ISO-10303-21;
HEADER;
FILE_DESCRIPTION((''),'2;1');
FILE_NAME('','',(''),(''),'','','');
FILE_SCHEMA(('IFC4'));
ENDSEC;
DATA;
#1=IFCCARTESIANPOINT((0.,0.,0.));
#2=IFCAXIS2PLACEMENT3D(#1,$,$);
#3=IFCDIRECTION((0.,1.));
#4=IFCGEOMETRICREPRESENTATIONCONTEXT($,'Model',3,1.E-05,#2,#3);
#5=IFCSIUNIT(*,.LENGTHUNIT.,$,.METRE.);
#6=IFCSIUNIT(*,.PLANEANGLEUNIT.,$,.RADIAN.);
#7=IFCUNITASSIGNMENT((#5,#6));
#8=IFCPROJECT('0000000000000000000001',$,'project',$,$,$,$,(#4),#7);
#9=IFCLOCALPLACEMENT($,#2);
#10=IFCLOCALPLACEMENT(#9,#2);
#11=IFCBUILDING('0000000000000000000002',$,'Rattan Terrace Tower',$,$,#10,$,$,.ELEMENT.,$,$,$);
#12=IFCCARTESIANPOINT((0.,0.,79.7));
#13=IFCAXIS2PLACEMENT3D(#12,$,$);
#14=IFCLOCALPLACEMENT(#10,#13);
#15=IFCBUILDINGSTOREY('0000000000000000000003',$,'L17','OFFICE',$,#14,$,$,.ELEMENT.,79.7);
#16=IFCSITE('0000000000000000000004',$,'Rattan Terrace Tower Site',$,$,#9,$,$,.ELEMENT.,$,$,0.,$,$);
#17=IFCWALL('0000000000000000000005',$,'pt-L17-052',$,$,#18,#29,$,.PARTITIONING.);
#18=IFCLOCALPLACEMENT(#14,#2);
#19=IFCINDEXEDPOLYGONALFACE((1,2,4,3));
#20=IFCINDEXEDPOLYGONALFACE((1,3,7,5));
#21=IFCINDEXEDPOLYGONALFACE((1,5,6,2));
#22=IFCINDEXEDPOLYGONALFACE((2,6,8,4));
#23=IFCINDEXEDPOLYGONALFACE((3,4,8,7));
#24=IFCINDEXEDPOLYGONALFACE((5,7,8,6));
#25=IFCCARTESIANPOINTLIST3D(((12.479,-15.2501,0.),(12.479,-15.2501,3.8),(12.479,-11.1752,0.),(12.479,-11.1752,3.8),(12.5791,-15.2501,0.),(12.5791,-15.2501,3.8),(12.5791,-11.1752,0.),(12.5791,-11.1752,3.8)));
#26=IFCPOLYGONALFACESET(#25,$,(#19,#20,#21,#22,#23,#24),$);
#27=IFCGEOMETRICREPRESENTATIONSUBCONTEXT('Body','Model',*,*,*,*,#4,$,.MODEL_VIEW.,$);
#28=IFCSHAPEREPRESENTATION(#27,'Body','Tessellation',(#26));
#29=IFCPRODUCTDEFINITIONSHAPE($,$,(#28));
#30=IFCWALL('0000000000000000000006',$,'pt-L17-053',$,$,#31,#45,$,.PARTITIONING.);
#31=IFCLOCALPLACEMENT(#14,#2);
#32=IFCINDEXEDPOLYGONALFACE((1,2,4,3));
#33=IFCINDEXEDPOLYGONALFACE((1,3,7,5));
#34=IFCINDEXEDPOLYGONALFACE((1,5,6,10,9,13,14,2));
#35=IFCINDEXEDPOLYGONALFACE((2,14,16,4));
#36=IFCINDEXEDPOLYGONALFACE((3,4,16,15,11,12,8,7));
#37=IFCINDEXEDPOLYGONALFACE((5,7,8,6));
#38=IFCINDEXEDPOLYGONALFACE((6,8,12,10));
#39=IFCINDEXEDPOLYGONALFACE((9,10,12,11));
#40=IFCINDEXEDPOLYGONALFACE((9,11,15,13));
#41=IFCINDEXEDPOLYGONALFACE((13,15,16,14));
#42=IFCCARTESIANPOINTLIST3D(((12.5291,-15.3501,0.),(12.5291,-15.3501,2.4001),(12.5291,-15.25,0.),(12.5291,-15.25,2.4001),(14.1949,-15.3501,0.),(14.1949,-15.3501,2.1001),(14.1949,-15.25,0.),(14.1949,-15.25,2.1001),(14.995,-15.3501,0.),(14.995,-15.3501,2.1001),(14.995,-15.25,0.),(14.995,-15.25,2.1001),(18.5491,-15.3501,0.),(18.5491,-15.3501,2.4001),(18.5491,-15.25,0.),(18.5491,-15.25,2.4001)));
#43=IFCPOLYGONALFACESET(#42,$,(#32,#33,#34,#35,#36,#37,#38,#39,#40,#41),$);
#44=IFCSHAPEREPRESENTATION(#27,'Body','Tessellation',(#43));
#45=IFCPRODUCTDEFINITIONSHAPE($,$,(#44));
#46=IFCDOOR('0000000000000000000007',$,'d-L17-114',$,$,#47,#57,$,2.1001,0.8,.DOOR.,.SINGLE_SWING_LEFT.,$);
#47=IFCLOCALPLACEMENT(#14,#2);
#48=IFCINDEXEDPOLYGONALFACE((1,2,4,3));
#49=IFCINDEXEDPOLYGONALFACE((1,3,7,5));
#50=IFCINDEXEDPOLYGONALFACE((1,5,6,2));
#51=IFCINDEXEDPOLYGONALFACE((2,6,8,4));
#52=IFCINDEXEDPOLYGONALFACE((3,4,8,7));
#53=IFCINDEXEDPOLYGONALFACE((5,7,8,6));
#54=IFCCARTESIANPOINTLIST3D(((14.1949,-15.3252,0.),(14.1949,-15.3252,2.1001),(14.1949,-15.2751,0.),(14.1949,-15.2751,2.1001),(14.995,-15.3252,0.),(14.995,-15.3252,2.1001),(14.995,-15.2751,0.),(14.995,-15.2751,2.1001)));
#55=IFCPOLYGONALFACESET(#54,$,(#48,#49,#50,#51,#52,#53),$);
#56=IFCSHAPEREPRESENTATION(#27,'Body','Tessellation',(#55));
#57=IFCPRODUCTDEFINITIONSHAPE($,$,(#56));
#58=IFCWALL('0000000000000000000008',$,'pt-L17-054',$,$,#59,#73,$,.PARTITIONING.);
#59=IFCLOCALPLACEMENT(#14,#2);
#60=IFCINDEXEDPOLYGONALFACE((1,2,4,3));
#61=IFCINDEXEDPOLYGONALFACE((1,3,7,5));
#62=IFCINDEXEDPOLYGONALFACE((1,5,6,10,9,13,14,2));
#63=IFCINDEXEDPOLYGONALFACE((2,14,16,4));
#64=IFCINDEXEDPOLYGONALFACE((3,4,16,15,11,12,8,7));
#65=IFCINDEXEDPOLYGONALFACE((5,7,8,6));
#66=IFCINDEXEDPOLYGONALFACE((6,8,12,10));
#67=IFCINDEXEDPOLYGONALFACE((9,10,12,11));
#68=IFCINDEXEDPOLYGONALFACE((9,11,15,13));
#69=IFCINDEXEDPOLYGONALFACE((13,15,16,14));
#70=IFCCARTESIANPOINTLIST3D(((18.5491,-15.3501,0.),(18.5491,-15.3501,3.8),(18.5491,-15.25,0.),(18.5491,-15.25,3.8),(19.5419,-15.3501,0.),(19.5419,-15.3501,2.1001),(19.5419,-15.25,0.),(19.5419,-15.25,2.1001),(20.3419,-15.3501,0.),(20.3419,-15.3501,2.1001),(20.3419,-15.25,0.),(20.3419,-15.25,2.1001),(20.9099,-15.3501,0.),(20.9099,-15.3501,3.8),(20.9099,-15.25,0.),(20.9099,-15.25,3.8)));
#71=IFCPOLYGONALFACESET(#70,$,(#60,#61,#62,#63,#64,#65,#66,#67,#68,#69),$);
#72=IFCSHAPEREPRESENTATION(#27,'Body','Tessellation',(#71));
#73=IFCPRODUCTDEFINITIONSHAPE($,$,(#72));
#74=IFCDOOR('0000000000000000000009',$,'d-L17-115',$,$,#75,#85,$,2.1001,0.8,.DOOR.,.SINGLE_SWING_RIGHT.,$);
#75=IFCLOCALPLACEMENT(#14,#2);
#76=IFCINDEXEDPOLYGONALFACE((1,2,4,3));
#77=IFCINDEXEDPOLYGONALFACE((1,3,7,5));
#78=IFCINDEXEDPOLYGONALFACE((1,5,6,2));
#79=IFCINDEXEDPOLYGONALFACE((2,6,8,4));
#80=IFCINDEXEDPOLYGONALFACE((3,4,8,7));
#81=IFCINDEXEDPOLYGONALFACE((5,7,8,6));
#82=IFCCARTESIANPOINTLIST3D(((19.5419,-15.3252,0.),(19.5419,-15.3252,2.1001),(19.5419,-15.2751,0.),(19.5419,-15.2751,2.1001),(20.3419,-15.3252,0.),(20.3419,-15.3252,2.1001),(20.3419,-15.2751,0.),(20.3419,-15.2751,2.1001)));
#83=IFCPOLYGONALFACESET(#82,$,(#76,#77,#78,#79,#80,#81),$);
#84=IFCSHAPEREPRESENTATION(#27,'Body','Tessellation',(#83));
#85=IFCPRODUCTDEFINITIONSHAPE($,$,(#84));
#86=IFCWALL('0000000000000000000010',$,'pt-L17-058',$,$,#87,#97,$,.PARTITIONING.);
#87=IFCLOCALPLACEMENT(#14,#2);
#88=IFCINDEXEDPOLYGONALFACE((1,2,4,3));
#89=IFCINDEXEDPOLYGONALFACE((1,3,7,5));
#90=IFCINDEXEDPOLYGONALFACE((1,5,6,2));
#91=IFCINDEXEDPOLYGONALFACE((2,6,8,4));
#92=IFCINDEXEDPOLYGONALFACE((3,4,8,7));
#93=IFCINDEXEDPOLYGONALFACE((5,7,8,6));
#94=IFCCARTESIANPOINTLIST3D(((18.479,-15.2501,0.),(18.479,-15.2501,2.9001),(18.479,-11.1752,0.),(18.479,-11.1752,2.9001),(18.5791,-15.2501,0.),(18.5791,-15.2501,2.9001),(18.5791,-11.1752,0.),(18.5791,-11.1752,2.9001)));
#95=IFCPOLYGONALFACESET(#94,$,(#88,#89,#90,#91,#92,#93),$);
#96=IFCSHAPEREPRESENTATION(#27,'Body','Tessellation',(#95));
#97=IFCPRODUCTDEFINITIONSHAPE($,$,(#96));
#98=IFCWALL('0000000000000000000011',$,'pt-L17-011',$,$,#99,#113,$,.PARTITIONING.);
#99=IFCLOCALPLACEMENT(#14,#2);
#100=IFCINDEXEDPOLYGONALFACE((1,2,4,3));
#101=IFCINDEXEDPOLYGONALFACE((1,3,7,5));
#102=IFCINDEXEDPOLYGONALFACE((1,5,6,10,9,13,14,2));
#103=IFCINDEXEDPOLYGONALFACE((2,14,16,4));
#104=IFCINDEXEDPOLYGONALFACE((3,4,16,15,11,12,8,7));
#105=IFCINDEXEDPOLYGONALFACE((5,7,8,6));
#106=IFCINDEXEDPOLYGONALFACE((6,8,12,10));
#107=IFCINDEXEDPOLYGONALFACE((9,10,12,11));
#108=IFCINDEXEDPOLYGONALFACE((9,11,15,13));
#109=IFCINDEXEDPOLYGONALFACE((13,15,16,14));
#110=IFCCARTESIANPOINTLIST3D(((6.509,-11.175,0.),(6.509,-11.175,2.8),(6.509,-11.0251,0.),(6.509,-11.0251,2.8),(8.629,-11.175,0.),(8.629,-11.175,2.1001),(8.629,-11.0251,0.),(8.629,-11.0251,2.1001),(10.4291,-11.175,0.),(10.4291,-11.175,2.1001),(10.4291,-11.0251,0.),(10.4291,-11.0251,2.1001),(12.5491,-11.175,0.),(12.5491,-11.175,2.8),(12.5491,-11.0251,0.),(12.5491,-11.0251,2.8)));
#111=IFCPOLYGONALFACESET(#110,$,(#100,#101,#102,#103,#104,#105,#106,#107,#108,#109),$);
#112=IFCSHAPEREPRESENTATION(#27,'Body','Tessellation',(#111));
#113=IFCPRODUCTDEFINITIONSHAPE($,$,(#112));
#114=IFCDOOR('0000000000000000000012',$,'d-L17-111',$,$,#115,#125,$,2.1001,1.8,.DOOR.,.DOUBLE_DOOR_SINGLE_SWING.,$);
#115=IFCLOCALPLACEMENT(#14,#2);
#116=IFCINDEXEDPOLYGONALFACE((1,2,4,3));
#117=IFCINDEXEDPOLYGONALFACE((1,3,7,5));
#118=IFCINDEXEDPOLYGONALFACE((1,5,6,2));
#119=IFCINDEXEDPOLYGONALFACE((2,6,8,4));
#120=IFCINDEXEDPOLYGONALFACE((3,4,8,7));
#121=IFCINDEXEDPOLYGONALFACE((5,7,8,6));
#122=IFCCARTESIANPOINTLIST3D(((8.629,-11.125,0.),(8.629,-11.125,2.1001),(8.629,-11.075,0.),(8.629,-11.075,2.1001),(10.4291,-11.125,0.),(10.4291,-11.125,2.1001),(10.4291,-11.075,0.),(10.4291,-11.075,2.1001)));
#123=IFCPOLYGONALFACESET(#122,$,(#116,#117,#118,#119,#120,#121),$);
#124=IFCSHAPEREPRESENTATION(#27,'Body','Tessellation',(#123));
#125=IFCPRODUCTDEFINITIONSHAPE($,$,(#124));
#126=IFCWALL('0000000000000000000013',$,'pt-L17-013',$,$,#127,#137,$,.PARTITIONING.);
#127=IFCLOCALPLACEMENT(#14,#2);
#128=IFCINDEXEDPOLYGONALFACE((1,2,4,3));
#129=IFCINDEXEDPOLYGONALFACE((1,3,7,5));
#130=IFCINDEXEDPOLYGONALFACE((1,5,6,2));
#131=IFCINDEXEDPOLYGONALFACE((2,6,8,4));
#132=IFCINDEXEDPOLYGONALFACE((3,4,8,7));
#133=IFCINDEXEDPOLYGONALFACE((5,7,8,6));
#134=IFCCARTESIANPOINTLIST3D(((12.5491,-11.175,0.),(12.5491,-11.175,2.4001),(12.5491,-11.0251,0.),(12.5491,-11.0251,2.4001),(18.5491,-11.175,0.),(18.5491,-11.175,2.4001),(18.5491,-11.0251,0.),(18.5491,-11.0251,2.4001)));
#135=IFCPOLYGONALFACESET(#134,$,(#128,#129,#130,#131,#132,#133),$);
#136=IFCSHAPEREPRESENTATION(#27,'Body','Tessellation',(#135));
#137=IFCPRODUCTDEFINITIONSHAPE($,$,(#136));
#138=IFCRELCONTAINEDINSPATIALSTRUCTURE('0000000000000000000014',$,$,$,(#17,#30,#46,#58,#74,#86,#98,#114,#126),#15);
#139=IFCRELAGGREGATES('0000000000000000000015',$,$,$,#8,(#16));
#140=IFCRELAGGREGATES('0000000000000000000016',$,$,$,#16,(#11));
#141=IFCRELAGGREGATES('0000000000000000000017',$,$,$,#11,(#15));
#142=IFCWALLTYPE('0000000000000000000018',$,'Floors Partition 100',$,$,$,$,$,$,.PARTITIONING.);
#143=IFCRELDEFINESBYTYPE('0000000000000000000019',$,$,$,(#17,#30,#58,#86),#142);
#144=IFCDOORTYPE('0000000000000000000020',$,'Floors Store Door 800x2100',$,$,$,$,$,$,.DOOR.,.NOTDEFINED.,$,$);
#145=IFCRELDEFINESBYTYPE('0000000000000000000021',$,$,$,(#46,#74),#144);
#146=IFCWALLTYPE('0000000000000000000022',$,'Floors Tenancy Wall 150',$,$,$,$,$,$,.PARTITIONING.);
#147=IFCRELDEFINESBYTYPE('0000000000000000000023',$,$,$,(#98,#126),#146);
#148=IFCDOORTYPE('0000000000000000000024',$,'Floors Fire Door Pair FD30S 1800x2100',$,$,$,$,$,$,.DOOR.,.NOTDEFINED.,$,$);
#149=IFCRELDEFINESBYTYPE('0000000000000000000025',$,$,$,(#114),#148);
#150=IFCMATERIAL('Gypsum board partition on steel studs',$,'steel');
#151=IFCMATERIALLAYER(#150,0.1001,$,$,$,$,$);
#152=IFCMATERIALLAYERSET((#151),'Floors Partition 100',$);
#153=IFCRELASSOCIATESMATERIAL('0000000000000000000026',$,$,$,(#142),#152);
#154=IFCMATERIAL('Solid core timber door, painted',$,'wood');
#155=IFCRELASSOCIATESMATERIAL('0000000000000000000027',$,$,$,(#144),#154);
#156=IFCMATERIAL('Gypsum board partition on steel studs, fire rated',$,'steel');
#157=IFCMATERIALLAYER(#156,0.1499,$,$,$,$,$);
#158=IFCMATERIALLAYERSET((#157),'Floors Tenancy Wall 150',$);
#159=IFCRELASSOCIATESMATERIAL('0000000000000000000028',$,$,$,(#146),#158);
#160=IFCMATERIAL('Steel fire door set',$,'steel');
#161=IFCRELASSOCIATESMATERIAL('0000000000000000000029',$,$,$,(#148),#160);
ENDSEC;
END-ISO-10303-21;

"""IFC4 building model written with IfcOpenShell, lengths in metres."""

from ifc_helpers import new_model, si_unit, direction, frame, frame_2d, origin, place, context, subcontext, project, spatial, rectangle, extrude, material, layer, layer_set, type_object, element, fill, save


model = new_model("IFC4")

# Units and contexts
model_context = context("Model", 3, precision=1e-05, world=origin(), true_north=direction((0.0, 1.0)))
body_context = subcontext(model_context, "Body", "Model", "MODEL_VIEW")
ifc_project = project(units=[si_unit("LENGTHUNIT", "METRE"), si_unit("PLANEANGLEUNIT", "RADIAN")], contexts=[model_context])

# Site, building, storey
site_placement = place(None, origin())
site = spatial("IfcSite", under=ifc_project, at=site_placement, Name="Rattan Terrace Tower Site", CompositionType="ELEMENT", RefElevation=0.0)
building_placement = place(site_placement, origin())
building = spatial("IfcBuilding", under=site, at=building_placement, Name="Rattan Terrace Tower", CompositionType="ELEMENT")
storey_placement = place(building_placement, frame((0.0, 0.0, 79.7)))
storey = spatial("IfcBuildingStorey", under=building, at=storey_placement, Name="L17", Description="OFFICE", CompositionType="ELEMENT", Elevation=79.7)

# Wall
ifc_material_1 = material(Name="Gypsum board partition on steel studs", Category="steel")
ifc_layer_1 = layer(ifc_material_1, 0.1001)
ifc_layer_set_1 = layer_set([ifc_layer_1], Name="Floors Partition 100")
wall_type_1 = type_object("IfcWallType", Name="Floors Partition 100", PredefinedType="PARTITIONING", material=ifc_layer_set_1)
wall_1_placement = place(storey_placement, frame((12.5291, -11.175, 0.0), z_axis=(0.0, 0.0, 1.0), x_axis=(0.0, -1.0, 0.0)))
element("IfcWall", 1, at=wall_1_placement, inside=storey, type_object=wall_type_1, Name="pt-L17-052", PredefinedType="PARTITIONING", context=body_context, shape_type="SweptSolid", body=[
    extrude(rectangle(XDim=4.075, YDim=0.1001, at=frame_2d((2.0376, 0.0))), origin(), (0.0, 0.0, 1.0), 3.8),
])

# Walls, openings, doors
wall_2_placement = place(storey_placement, frame((12.5291, -15.3, 0.0), z_axis=(0.0, 0.0, 1.0), x_axis=(1.0, 0.0, 0.0)))
wall_2 = element("IfcWall", 2, at=wall_2_placement, inside=storey, type_object=wall_type_1, Name="pt-L17-053", PredefinedType="PARTITIONING", context=body_context, shape_type="SweptSolid", body=[
    extrude(rectangle(XDim=6.02, YDim=0.1001, at=frame_2d((3.01, 0.0))), origin(), (0.0, 0.0, 1.0), 2.4001),
])
opening_1_placement = place(wall_2_placement, frame((1.666, 0.0, 0.0)))
opening_1 = element("IfcOpeningElement", 3, at=opening_1_placement, cuts=wall_2, PredefinedType="OPENING", context=body_context, shape_type="SweptSolid", body=[
    extrude(rectangle(XDim=0.8, YDim=2.1001, at=frame_2d((0.3999, 1.05))), frame((0.0, 0.0605, 0.0), z_axis=(0.0, -1.0, 0.0), x_axis=(1.0, 0.0, 0.0)), (0.0, 0.0, 1.0), 0.1211),
])
ifc_material_2 = material(Name="Solid core timber door, painted", Category="wood")
door_type_1 = type_object("IfcDoorType", Name="Floors Store Door 800x2100", OperationType="NOTDEFINED", PredefinedType="DOOR", material=ifc_material_2)
door_1_placement = place(opening_1_placement, origin())
door_1 = element("IfcDoor", 4, at=door_1_placement, inside=storey, type_object=door_type_1, Name="d-L17-114", OperationType="SINGLE_SWING_LEFT", OverallHeight=2.1001, OverallWidth=0.8, PredefinedType="DOOR", context=body_context, shape_type="SweptSolid", body=[
    extrude(rectangle(XDim=0.8, YDim=2.1001, at=frame_2d((0.3999, 1.05))), frame((0.0, 0.0249, 0.0), z_axis=(0.0, -1.0, 0.0), x_axis=(1.0, 0.0, 0.0)), (0.0, 0.0, 1.0), 0.05),
])
fill(opening_1, door_1)
wall_3_placement = place(storey_placement, frame((18.5491, -15.3, 0.0), z_axis=(0.0, 0.0, 1.0), x_axis=(1.0, 0.0, 0.0)))
wall_3 = element("IfcWall", 5, at=wall_3_placement, inside=storey, type_object=wall_type_1, Name="pt-L17-054", PredefinedType="PARTITIONING", context=body_context, shape_type="SweptSolid", body=[
    extrude(rectangle(XDim=2.3608, YDim=0.1001, at=frame_2d((1.1804, 0.0))), origin(), (0.0, 0.0, 1.0), 3.8),
])
opening_2_placement = place(wall_3_placement, frame((0.9929, 0.0, 0.0)))
opening_2 = element("IfcOpeningElement", 6, at=opening_2_placement, cuts=wall_3, PredefinedType="OPENING", context=body_context, shape_type="SweptSolid", body=[
    extrude(rectangle(XDim=0.8, YDim=2.1001, at=frame_2d((0.3999, 1.05))), frame((0.0, 0.0605, 0.0), z_axis=(0.0, -1.0, 0.0), x_axis=(1.0, 0.0, 0.0)), (0.0, 0.0, 1.0), 0.1211),
])
door_2_placement = place(opening_2_placement, origin())
door_2 = element("IfcDoor", 7, at=door_2_placement, inside=storey, type_object=door_type_1, Name="d-L17-115", OperationType="SINGLE_SWING_RIGHT", OverallHeight=2.1001, OverallWidth=0.8, PredefinedType="DOOR", context=body_context, shape_type="SweptSolid", body=[
    extrude(rectangle(XDim=0.8, YDim=2.1001, at=frame_2d((0.3999, 1.05))), frame((0.0, 0.0249, 0.0), z_axis=(0.0, -1.0, 0.0), x_axis=(1.0, 0.0, 0.0)), (0.0, 0.0, 1.0), 0.05),
])
fill(opening_2, door_2)

# Wall
wall_4_placement = place(storey_placement, frame((18.5291, -11.175, 0.0), z_axis=(0.0, 0.0, 1.0), x_axis=(0.0, -1.0, 0.0)))
element("IfcWall", 8, at=wall_4_placement, inside=storey, type_object=wall_type_1, Name="pt-L17-058", PredefinedType="PARTITIONING", context=body_context, shape_type="SweptSolid", body=[
    extrude(rectangle(XDim=4.075, YDim=0.1001, at=frame_2d((2.0376, 0.0))), origin(), (0.0, 0.0, 1.0), 2.9001),
])

# Wall, opening, door
ifc_material_3 = material(Name="Gypsum board partition on steel studs, fire rated", Category="steel")
ifc_layer_2 = layer(ifc_material_3, 0.1499)
ifc_layer_set_2 = layer_set([ifc_layer_2], Name="Floors Tenancy Wall 150")
wall_type_2 = type_object("IfcWallType", Name="Floors Tenancy Wall 150", PredefinedType="PARTITIONING", material=ifc_layer_set_2)
wall_5_placement = place(storey_placement, frame((12.5491, -11.1001, 0.0), z_axis=(0.0, 0.0, 1.0), x_axis=(-1.0, 0.0, 0.0)))
wall_5 = element("IfcWall", 9, at=wall_5_placement, inside=storey, type_object=wall_type_2, Name="pt-L17-011", PredefinedType="PARTITIONING", context=body_context, shape_type="SweptSolid", body=[
    extrude(rectangle(XDim=6.04, YDim=0.1499, at=frame_2d((3.02, 0.0))), origin(), (0.0, 0.0, 1.0), 2.8),
])
opening_3_placement = place(wall_5_placement, frame((2.1201, 0.0, 0.0)))
opening_3 = element("IfcOpeningElement", 10, at=opening_3_placement, cuts=wall_5, PredefinedType="OPENING", context=body_context, shape_type="SweptSolid", body=[
    extrude(rectangle(XDim=1.8, YDim=2.1001, at=frame_2d((0.8999, 1.05))), frame((0.0, 0.0854, 0.0), z_axis=(0.0, -1.0, 0.0), x_axis=(1.0, 0.0, 0.0)), (0.0, 0.0, 1.0), 0.1709),
])
ifc_material_4 = material(Name="Steel fire door set", Category="steel")
door_type_2 = type_object("IfcDoorType", Name="Floors Fire Door Pair FD30S 1800x2100", OperationType="NOTDEFINED", PredefinedType="DOOR", material=ifc_material_4)
door_3_placement = place(opening_3_placement, origin())
door_3 = element("IfcDoor", 11, at=door_3_placement, inside=storey, type_object=door_type_2, Name="d-L17-111", OperationType="DOUBLE_DOOR_SINGLE_SWING", OverallHeight=2.1001, OverallWidth=1.8, PredefinedType="DOOR", context=body_context, shape_type="SweptSolid", body=[
    extrude(rectangle(XDim=1.8, YDim=2.1001, at=frame_2d((0.8999, 1.05))), frame((0.0, 0.0249, 0.0), z_axis=(0.0, -1.0, 0.0), x_axis=(1.0, 0.0, 0.0)), (0.0, 0.0, 1.0), 0.05),
])
fill(opening_3, door_3)

# Wall
wall_6_placement = place(storey_placement, frame((18.5491, -11.1001, 0.0), z_axis=(0.0, 0.0, 1.0), x_axis=(-1.0, 0.0, 0.0)))
element("IfcWall", 12, at=wall_6_placement, inside=storey, type_object=wall_type_2, Name="pt-L17-013", PredefinedType="PARTITIONING", context=body_context, shape_type="SweptSolid", body=[
    extrude(rectangle(XDim=6.0, YDim=0.1499, at=frame_2d((3.0, 0.0))), origin(), (0.0, 0.0, 1.0), 2.4001),
])

save(model, "model.ifc")
